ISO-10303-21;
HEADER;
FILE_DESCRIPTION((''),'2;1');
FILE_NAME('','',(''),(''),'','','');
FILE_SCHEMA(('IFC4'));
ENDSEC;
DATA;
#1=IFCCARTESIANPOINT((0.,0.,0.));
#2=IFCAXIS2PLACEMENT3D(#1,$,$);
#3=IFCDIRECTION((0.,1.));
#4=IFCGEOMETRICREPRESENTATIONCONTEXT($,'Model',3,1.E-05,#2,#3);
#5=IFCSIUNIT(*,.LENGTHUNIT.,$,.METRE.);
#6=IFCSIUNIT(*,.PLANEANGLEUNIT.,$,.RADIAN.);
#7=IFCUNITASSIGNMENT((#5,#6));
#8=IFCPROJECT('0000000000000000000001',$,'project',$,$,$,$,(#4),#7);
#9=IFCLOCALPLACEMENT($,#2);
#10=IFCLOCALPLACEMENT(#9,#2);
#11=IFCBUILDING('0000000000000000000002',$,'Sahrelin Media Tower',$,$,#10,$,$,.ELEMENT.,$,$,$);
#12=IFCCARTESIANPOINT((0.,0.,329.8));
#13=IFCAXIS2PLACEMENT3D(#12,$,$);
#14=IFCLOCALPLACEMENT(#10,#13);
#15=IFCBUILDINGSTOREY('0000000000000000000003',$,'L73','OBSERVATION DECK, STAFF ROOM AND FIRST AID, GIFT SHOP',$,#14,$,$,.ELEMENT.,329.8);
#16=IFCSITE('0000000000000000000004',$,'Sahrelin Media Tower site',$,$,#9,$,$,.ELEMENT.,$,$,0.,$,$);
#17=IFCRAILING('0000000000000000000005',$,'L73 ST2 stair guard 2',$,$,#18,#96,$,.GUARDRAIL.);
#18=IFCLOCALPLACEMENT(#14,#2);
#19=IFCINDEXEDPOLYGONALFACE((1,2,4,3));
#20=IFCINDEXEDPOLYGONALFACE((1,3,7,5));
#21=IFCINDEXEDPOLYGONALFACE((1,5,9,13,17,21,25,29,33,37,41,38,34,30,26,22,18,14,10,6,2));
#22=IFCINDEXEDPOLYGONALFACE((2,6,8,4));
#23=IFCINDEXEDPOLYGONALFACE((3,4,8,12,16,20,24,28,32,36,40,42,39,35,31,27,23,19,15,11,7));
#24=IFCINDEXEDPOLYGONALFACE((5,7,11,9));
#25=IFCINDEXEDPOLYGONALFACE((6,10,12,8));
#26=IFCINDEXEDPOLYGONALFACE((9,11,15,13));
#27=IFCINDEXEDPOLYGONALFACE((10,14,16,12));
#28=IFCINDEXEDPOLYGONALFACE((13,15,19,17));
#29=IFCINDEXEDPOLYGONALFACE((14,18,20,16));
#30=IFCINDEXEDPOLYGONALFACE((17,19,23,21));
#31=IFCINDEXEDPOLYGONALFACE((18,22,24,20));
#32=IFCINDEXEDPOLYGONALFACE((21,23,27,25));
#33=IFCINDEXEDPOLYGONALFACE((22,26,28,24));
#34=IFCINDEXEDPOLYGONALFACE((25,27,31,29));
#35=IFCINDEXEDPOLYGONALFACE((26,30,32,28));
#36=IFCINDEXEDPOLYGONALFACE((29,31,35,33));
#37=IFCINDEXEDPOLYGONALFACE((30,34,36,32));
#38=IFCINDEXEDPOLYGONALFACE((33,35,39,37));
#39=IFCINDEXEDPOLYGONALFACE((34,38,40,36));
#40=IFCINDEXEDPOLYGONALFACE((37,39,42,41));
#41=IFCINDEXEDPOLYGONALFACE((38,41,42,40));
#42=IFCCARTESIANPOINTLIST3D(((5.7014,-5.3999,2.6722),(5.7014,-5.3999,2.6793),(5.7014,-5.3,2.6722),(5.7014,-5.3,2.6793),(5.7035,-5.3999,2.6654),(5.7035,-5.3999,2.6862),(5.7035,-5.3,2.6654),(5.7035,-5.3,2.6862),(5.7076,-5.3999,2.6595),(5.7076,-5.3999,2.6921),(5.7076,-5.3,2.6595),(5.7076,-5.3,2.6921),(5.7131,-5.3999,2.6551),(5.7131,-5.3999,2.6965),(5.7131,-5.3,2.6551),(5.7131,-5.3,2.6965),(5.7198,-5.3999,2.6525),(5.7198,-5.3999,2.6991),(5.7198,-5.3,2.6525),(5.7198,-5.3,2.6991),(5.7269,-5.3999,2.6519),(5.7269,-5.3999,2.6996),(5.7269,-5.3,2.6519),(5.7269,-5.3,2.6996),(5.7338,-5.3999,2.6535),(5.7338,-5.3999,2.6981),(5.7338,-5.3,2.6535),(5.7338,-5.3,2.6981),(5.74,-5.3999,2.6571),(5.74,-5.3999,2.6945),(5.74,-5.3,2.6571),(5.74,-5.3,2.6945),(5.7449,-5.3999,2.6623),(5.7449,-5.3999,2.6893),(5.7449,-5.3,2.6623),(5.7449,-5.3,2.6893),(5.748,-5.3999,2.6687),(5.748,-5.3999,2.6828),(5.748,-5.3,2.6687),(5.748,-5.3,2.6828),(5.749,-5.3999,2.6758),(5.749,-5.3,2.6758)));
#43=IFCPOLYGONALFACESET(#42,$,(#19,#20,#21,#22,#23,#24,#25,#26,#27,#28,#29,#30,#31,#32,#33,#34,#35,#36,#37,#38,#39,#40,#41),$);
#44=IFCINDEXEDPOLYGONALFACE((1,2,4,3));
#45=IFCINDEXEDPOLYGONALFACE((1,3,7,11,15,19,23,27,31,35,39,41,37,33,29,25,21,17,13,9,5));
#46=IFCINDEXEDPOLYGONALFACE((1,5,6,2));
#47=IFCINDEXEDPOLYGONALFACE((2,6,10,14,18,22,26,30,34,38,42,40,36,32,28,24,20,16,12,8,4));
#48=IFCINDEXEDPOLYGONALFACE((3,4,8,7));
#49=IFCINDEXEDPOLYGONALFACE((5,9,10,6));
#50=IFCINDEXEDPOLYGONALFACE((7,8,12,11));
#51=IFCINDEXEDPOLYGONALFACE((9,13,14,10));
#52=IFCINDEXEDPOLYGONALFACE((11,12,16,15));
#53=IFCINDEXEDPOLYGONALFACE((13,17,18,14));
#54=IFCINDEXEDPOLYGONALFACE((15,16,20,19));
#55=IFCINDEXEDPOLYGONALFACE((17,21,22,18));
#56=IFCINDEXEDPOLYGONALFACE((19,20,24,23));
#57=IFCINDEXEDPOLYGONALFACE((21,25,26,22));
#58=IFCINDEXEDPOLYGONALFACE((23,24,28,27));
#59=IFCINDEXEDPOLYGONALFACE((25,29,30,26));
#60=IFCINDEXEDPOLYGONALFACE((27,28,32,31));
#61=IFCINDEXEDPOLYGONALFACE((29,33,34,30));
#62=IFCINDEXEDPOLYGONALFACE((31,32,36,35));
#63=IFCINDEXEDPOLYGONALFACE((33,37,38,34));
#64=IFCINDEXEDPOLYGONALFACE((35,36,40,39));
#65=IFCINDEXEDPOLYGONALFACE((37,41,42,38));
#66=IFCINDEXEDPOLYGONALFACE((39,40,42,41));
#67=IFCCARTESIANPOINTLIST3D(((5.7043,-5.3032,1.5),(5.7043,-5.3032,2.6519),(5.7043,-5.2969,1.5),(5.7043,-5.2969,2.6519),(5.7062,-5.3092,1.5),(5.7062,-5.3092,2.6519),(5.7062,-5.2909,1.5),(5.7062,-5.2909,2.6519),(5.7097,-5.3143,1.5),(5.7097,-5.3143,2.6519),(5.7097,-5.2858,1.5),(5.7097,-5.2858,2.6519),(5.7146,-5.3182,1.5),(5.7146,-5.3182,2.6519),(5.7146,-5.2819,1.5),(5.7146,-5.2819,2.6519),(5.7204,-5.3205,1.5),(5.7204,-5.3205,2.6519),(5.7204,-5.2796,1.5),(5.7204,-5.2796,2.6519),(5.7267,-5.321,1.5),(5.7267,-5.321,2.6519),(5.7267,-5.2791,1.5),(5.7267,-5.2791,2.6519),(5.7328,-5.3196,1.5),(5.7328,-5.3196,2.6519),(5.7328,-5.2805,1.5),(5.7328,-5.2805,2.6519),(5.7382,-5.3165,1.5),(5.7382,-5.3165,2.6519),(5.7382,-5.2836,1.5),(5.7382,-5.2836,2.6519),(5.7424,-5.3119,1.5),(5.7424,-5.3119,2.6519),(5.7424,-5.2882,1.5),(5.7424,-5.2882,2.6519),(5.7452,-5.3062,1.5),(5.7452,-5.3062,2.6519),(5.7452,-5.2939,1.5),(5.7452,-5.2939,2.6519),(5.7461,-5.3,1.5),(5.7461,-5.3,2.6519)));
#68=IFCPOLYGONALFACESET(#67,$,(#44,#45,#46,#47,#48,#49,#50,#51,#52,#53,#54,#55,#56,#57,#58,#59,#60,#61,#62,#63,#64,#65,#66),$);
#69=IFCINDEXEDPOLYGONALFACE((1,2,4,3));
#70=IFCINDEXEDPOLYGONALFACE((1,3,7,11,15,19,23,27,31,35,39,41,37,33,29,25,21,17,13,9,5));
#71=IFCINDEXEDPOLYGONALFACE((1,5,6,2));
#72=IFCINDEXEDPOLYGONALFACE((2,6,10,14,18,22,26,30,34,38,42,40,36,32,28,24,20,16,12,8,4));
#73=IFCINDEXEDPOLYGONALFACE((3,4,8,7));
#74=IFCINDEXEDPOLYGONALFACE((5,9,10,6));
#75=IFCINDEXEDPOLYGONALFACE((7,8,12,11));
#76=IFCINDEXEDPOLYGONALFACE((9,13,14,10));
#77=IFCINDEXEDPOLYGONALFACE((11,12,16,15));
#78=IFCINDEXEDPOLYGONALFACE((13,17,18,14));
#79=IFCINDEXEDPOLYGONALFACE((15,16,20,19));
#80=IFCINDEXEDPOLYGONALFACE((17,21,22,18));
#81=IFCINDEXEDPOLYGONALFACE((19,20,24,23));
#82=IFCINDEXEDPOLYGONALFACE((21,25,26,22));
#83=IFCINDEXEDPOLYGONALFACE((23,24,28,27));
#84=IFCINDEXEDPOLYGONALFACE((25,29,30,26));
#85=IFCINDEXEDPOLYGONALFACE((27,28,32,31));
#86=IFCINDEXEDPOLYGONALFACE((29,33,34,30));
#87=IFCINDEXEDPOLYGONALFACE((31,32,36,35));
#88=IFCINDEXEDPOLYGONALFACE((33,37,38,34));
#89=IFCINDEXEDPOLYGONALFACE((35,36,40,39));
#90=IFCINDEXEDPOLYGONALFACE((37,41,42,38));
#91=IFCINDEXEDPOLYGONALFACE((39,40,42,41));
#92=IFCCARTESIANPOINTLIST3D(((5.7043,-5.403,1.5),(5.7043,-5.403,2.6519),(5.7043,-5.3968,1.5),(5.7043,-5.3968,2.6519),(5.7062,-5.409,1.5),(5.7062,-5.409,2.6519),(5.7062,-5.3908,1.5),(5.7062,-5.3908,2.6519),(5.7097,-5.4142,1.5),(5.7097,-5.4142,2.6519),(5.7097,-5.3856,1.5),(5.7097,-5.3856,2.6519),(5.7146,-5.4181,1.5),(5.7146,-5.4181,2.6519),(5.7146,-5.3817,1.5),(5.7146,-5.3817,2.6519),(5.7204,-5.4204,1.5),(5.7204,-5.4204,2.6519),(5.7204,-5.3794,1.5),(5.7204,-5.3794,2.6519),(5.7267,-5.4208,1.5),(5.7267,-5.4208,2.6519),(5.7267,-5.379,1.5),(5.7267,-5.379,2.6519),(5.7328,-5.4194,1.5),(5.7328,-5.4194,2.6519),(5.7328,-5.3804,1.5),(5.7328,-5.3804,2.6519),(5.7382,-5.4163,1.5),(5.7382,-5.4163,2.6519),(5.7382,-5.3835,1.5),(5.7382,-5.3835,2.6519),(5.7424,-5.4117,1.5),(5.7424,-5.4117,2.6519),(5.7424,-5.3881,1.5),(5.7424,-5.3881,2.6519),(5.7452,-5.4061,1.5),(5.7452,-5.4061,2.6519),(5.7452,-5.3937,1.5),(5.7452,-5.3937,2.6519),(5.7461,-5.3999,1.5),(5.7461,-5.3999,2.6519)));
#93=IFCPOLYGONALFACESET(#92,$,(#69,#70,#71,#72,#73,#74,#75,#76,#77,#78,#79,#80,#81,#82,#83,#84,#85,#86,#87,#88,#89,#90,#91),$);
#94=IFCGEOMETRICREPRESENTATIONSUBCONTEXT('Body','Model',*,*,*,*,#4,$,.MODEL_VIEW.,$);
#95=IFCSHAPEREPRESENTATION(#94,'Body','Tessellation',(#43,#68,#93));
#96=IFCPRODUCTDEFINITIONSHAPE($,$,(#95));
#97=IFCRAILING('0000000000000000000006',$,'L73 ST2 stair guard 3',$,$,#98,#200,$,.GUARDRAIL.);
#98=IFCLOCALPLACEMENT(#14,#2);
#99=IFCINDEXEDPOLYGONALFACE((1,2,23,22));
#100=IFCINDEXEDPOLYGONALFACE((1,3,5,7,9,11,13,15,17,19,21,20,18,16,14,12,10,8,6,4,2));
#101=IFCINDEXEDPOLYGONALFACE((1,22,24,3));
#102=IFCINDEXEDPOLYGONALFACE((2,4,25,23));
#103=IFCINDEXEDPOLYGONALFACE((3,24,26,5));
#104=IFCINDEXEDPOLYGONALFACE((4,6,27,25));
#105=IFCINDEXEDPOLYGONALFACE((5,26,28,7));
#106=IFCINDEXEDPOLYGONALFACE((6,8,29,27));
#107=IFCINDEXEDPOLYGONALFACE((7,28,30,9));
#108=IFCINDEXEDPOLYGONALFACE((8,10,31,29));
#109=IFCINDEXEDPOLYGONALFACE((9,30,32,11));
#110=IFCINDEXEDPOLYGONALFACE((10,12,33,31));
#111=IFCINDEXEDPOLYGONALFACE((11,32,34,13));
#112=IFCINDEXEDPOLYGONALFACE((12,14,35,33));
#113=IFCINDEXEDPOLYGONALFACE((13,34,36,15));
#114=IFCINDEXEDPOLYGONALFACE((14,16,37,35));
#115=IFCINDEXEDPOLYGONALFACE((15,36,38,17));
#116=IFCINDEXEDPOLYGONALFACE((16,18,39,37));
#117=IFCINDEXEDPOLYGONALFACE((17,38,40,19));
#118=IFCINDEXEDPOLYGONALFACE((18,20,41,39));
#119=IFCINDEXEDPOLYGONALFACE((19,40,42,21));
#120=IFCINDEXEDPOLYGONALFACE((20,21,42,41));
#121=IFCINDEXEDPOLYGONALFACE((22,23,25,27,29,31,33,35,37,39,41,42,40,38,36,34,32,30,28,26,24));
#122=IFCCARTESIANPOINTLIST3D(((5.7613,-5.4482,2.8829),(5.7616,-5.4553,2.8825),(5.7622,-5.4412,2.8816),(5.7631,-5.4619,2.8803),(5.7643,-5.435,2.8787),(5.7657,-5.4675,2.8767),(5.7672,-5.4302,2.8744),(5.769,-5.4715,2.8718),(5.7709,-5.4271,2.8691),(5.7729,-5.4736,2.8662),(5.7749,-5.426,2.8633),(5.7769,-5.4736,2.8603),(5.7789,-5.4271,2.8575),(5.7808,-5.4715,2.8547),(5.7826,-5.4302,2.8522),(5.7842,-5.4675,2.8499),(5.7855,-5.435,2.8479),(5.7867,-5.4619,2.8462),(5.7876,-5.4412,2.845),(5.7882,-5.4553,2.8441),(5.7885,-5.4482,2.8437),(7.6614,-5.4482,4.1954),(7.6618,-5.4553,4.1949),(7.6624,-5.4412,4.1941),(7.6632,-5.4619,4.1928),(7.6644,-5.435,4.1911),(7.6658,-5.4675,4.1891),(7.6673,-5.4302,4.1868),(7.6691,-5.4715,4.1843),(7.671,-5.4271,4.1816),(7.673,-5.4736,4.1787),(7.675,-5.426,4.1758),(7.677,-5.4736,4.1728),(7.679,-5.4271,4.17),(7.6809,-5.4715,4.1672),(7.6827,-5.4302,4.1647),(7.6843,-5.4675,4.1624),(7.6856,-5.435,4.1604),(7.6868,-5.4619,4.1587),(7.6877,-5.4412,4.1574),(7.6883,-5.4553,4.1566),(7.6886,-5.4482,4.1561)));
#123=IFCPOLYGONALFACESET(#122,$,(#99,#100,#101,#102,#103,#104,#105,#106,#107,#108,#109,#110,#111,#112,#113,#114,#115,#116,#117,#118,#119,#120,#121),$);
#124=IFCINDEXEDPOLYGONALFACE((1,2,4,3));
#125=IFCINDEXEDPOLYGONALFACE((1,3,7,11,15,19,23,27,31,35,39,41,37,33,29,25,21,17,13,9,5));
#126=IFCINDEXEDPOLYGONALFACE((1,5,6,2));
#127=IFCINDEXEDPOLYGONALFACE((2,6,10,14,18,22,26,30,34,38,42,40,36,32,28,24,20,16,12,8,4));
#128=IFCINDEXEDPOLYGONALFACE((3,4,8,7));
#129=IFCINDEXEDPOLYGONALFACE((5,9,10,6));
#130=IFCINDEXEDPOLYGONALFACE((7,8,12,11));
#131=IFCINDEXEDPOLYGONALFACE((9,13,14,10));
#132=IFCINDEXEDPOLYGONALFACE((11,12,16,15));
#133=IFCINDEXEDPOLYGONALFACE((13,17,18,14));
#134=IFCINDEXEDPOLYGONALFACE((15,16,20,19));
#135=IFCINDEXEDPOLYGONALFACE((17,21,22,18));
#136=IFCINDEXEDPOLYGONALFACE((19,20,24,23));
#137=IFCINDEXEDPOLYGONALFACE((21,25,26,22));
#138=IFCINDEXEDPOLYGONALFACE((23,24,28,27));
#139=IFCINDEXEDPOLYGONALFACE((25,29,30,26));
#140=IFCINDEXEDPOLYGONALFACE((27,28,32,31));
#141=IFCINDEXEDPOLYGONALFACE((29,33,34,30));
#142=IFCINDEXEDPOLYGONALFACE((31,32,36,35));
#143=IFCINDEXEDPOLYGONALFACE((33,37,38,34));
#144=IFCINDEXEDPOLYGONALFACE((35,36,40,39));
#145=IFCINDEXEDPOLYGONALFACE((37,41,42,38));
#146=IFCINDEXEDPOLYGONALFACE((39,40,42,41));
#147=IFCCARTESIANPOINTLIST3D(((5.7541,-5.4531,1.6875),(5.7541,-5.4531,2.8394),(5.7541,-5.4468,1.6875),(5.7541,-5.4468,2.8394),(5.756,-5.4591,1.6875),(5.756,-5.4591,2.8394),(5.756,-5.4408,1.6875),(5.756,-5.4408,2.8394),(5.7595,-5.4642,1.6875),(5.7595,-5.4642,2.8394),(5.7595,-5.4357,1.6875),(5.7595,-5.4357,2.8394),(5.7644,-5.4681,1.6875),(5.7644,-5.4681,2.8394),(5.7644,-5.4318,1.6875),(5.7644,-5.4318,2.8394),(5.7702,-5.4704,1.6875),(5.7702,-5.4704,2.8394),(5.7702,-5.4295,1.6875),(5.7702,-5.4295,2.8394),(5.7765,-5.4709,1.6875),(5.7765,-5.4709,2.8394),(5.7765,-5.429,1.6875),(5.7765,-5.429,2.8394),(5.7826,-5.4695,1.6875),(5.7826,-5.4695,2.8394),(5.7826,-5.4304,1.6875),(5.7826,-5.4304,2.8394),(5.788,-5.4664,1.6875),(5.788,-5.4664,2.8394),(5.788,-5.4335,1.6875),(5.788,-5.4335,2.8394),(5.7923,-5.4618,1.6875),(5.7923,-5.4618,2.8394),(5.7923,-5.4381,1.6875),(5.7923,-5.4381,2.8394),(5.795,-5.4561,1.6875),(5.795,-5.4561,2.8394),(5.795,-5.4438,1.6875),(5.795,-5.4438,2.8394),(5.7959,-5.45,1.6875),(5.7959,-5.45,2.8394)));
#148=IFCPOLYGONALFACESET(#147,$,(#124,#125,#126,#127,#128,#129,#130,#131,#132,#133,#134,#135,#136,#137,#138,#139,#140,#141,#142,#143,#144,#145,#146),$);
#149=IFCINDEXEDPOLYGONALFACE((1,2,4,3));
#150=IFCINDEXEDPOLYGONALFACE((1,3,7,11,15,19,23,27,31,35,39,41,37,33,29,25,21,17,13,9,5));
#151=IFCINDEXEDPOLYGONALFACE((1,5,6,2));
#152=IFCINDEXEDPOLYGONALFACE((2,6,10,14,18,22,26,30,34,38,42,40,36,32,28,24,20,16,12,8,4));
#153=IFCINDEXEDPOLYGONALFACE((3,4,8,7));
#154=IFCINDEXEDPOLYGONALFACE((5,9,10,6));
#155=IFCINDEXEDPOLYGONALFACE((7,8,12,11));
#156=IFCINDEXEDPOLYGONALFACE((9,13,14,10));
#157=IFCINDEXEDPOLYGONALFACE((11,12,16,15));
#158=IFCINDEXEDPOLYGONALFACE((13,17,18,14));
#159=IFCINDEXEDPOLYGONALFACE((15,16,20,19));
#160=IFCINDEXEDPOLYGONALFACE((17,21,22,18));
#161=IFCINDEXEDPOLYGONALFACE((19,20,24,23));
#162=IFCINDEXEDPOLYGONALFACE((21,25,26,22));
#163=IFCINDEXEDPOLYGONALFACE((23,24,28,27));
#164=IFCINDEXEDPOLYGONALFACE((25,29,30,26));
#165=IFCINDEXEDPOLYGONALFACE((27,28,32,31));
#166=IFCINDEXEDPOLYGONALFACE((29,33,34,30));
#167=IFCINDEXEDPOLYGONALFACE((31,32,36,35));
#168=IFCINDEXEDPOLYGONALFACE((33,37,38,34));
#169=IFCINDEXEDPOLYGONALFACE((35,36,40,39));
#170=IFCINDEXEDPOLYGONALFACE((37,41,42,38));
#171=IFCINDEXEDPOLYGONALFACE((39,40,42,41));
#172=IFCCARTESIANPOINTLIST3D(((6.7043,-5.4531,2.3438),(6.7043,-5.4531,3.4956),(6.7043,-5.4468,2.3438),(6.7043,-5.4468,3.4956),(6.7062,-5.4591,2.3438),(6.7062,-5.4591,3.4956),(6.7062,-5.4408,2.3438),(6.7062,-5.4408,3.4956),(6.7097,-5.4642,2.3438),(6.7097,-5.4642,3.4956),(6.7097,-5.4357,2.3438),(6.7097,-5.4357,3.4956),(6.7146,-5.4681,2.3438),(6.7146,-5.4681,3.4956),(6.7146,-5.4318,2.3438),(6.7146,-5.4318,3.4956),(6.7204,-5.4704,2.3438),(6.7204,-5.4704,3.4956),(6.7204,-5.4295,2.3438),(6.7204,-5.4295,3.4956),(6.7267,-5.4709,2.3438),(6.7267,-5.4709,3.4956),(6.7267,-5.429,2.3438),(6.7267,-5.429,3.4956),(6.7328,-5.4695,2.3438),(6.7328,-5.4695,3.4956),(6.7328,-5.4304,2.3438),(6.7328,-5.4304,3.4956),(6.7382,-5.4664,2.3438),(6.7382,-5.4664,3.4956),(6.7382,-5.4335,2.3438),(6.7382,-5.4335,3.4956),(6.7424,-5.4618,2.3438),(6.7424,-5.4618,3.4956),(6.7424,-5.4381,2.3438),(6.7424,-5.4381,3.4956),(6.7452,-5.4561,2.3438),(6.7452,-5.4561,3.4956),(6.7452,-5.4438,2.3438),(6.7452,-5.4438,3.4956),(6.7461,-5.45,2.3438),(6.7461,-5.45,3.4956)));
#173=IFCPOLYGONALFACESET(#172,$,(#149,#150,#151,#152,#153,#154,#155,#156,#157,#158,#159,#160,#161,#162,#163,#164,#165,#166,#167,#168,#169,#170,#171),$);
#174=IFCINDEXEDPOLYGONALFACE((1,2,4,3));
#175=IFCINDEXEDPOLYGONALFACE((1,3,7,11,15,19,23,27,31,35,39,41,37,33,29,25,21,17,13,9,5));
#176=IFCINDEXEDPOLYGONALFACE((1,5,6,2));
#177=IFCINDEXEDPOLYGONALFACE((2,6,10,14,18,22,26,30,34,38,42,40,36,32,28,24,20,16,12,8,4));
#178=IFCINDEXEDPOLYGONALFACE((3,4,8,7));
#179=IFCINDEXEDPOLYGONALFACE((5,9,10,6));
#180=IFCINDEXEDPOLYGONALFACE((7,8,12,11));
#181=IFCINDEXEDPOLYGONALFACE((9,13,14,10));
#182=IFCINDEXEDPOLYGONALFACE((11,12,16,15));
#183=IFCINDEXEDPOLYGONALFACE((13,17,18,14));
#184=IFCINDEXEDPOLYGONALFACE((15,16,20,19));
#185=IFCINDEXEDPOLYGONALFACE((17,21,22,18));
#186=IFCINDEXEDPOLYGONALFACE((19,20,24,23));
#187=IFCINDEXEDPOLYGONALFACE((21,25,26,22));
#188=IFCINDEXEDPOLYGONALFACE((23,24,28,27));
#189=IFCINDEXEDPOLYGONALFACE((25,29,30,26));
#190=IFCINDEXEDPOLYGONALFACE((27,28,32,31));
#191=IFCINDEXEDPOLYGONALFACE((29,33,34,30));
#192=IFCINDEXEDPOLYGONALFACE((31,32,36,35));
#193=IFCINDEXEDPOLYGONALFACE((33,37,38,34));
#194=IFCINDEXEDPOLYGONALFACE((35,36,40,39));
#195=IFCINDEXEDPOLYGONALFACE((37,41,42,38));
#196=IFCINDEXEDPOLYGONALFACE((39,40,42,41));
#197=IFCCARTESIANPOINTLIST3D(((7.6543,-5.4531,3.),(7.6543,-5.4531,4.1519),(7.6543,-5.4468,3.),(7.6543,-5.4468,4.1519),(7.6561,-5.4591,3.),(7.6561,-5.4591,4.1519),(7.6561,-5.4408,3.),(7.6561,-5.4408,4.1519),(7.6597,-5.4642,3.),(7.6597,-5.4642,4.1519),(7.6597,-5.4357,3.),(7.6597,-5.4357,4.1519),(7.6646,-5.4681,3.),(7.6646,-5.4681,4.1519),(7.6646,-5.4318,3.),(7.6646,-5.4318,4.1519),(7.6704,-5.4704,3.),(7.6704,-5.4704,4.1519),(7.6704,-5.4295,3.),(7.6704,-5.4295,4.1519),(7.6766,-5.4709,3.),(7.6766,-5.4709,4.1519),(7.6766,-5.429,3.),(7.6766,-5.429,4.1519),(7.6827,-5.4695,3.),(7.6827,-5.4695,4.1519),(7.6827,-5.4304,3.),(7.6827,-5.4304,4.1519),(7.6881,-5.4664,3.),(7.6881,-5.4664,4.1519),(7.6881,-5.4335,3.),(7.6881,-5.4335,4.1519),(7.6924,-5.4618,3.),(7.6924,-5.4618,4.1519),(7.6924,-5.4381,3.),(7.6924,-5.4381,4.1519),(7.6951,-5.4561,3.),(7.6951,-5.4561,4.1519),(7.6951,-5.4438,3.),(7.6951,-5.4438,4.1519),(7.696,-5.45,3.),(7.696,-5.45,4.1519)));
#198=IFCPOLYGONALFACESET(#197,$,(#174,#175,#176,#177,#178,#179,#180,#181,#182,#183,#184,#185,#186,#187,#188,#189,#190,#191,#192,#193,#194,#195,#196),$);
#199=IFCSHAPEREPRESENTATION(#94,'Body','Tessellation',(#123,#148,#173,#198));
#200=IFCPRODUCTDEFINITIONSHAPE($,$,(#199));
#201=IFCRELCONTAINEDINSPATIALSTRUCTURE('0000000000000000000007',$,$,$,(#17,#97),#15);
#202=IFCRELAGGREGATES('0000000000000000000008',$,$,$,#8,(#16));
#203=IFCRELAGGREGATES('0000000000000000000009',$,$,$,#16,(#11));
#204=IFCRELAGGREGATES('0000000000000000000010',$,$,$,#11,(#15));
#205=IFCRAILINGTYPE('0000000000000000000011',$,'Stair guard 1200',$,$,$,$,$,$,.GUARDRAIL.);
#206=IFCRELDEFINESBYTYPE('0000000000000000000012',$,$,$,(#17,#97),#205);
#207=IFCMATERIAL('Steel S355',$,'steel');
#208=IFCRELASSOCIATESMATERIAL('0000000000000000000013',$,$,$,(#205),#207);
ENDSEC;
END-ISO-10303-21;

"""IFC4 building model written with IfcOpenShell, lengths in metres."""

from ifc_helpers import new_model, si_unit, direction, frame, origin, origin_2d, place, context, subcontext, project, spatial, circle, extrude, material, type_object, element, save


model = new_model("IFC4")

# Units and contexts
model_context = context("Model", 3, precision=1e-05, world=origin(), true_north=direction((0.0, 1.0)))
body_context = subcontext(model_context, "Body", "Model", "MODEL_VIEW")
ifc_project = project(units=[si_unit("LENGTHUNIT", "METRE"), si_unit("PLANEANGLEUNIT", "RADIAN")], contexts=[model_context])

# Site, building, storey
site_placement = place(None, origin())
site = spatial("IfcSite", under=ifc_project, at=site_placement, Name="Sahrelin Media Tower site", CompositionType="ELEMENT", RefElevation=0.0)
building_placement = place(site_placement, origin())
building = spatial("IfcBuilding", under=site, at=building_placement, Name="Sahrelin Media Tower", CompositionType="ELEMENT")
storey_placement = place(building_placement, frame((0.0, 0.0, 329.8)))
storey = spatial("IfcBuildingStorey", under=building, at=storey_placement, Name="L73", Description="OBSERVATION DECK, STAFF ROOM AND FIRST AID, GIFT SHOP", CompositionType="ELEMENT", Elevation=329.8)

# Shared definitions
ifc_material_1 = material(Name="Steel S355", Category="steel")

# Railings
railing_type_1 = type_object("IfcRailingType", Name="Stair guard 1200", PredefinedType="GUARDRAIL", material=ifc_material_1)
railing_1_placement = place(storey_placement, frame((5.7251, -5.3, 1.5)))
element("IfcRailing", 1, at=railing_1_placement, inside=storey, type_object=railing_type_1, Name="L73 ST2 stair guard 2", PredefinedType="GUARDRAIL", context=body_context, shape_type="SweptSolid", body=[
    extrude(circle(Radius=0.0239, at=origin_2d()), frame((0.0, 0.0, 1.1758), z_axis=(0.0, -1.0, 0.0), x_axis=(1.0, 0.0, 0.0)), (0.0, 0.0, 1.0), 0.0999),
    extrude(circle(Radius=0.021, at=origin_2d()), origin(), (0.0, 0.0, 1.0), 1.1519),
    extrude(circle(Radius=0.021, at=origin_2d()), frame((0.0, -0.0999, 0.0)), (0.0, 0.0, 1.0), 1.1519),
])
railing_2_placement = place(storey_placement, frame((5.7749, -5.45, 1.6875)))
element("IfcRailing", 2, at=railing_2_placement, inside=storey, type_object=railing_type_1, Name="L73 ST2 stair guard 3", PredefinedType="GUARDRAIL", context=body_context, shape_type="SweptSolid", body=[
    extrude(circle(Radius=0.0239, at=origin_2d()), frame((0.0, 0.0, 1.1758), z_axis=(0.822797, 0.0, 0.568336), x_axis=(0.0, 1.0, 0.0)), (0.0, 0.0, 1.0), 2.3093),
    extrude(circle(Radius=0.021, at=origin_2d()), origin(), (0.0, 0.0, 1.0), 1.1519),
    extrude(circle(Radius=0.021, at=origin_2d()), frame((0.9502, 0.0, 0.6562)), (0.0, 0.0, 1.0), 1.1519),
    extrude(circle(Radius=0.021, at=origin_2d()), frame((1.9001, 0.0, 1.3125)), (0.0, 0.0, 1.0), 1.1519),
])

save(model, "model.ifc")
